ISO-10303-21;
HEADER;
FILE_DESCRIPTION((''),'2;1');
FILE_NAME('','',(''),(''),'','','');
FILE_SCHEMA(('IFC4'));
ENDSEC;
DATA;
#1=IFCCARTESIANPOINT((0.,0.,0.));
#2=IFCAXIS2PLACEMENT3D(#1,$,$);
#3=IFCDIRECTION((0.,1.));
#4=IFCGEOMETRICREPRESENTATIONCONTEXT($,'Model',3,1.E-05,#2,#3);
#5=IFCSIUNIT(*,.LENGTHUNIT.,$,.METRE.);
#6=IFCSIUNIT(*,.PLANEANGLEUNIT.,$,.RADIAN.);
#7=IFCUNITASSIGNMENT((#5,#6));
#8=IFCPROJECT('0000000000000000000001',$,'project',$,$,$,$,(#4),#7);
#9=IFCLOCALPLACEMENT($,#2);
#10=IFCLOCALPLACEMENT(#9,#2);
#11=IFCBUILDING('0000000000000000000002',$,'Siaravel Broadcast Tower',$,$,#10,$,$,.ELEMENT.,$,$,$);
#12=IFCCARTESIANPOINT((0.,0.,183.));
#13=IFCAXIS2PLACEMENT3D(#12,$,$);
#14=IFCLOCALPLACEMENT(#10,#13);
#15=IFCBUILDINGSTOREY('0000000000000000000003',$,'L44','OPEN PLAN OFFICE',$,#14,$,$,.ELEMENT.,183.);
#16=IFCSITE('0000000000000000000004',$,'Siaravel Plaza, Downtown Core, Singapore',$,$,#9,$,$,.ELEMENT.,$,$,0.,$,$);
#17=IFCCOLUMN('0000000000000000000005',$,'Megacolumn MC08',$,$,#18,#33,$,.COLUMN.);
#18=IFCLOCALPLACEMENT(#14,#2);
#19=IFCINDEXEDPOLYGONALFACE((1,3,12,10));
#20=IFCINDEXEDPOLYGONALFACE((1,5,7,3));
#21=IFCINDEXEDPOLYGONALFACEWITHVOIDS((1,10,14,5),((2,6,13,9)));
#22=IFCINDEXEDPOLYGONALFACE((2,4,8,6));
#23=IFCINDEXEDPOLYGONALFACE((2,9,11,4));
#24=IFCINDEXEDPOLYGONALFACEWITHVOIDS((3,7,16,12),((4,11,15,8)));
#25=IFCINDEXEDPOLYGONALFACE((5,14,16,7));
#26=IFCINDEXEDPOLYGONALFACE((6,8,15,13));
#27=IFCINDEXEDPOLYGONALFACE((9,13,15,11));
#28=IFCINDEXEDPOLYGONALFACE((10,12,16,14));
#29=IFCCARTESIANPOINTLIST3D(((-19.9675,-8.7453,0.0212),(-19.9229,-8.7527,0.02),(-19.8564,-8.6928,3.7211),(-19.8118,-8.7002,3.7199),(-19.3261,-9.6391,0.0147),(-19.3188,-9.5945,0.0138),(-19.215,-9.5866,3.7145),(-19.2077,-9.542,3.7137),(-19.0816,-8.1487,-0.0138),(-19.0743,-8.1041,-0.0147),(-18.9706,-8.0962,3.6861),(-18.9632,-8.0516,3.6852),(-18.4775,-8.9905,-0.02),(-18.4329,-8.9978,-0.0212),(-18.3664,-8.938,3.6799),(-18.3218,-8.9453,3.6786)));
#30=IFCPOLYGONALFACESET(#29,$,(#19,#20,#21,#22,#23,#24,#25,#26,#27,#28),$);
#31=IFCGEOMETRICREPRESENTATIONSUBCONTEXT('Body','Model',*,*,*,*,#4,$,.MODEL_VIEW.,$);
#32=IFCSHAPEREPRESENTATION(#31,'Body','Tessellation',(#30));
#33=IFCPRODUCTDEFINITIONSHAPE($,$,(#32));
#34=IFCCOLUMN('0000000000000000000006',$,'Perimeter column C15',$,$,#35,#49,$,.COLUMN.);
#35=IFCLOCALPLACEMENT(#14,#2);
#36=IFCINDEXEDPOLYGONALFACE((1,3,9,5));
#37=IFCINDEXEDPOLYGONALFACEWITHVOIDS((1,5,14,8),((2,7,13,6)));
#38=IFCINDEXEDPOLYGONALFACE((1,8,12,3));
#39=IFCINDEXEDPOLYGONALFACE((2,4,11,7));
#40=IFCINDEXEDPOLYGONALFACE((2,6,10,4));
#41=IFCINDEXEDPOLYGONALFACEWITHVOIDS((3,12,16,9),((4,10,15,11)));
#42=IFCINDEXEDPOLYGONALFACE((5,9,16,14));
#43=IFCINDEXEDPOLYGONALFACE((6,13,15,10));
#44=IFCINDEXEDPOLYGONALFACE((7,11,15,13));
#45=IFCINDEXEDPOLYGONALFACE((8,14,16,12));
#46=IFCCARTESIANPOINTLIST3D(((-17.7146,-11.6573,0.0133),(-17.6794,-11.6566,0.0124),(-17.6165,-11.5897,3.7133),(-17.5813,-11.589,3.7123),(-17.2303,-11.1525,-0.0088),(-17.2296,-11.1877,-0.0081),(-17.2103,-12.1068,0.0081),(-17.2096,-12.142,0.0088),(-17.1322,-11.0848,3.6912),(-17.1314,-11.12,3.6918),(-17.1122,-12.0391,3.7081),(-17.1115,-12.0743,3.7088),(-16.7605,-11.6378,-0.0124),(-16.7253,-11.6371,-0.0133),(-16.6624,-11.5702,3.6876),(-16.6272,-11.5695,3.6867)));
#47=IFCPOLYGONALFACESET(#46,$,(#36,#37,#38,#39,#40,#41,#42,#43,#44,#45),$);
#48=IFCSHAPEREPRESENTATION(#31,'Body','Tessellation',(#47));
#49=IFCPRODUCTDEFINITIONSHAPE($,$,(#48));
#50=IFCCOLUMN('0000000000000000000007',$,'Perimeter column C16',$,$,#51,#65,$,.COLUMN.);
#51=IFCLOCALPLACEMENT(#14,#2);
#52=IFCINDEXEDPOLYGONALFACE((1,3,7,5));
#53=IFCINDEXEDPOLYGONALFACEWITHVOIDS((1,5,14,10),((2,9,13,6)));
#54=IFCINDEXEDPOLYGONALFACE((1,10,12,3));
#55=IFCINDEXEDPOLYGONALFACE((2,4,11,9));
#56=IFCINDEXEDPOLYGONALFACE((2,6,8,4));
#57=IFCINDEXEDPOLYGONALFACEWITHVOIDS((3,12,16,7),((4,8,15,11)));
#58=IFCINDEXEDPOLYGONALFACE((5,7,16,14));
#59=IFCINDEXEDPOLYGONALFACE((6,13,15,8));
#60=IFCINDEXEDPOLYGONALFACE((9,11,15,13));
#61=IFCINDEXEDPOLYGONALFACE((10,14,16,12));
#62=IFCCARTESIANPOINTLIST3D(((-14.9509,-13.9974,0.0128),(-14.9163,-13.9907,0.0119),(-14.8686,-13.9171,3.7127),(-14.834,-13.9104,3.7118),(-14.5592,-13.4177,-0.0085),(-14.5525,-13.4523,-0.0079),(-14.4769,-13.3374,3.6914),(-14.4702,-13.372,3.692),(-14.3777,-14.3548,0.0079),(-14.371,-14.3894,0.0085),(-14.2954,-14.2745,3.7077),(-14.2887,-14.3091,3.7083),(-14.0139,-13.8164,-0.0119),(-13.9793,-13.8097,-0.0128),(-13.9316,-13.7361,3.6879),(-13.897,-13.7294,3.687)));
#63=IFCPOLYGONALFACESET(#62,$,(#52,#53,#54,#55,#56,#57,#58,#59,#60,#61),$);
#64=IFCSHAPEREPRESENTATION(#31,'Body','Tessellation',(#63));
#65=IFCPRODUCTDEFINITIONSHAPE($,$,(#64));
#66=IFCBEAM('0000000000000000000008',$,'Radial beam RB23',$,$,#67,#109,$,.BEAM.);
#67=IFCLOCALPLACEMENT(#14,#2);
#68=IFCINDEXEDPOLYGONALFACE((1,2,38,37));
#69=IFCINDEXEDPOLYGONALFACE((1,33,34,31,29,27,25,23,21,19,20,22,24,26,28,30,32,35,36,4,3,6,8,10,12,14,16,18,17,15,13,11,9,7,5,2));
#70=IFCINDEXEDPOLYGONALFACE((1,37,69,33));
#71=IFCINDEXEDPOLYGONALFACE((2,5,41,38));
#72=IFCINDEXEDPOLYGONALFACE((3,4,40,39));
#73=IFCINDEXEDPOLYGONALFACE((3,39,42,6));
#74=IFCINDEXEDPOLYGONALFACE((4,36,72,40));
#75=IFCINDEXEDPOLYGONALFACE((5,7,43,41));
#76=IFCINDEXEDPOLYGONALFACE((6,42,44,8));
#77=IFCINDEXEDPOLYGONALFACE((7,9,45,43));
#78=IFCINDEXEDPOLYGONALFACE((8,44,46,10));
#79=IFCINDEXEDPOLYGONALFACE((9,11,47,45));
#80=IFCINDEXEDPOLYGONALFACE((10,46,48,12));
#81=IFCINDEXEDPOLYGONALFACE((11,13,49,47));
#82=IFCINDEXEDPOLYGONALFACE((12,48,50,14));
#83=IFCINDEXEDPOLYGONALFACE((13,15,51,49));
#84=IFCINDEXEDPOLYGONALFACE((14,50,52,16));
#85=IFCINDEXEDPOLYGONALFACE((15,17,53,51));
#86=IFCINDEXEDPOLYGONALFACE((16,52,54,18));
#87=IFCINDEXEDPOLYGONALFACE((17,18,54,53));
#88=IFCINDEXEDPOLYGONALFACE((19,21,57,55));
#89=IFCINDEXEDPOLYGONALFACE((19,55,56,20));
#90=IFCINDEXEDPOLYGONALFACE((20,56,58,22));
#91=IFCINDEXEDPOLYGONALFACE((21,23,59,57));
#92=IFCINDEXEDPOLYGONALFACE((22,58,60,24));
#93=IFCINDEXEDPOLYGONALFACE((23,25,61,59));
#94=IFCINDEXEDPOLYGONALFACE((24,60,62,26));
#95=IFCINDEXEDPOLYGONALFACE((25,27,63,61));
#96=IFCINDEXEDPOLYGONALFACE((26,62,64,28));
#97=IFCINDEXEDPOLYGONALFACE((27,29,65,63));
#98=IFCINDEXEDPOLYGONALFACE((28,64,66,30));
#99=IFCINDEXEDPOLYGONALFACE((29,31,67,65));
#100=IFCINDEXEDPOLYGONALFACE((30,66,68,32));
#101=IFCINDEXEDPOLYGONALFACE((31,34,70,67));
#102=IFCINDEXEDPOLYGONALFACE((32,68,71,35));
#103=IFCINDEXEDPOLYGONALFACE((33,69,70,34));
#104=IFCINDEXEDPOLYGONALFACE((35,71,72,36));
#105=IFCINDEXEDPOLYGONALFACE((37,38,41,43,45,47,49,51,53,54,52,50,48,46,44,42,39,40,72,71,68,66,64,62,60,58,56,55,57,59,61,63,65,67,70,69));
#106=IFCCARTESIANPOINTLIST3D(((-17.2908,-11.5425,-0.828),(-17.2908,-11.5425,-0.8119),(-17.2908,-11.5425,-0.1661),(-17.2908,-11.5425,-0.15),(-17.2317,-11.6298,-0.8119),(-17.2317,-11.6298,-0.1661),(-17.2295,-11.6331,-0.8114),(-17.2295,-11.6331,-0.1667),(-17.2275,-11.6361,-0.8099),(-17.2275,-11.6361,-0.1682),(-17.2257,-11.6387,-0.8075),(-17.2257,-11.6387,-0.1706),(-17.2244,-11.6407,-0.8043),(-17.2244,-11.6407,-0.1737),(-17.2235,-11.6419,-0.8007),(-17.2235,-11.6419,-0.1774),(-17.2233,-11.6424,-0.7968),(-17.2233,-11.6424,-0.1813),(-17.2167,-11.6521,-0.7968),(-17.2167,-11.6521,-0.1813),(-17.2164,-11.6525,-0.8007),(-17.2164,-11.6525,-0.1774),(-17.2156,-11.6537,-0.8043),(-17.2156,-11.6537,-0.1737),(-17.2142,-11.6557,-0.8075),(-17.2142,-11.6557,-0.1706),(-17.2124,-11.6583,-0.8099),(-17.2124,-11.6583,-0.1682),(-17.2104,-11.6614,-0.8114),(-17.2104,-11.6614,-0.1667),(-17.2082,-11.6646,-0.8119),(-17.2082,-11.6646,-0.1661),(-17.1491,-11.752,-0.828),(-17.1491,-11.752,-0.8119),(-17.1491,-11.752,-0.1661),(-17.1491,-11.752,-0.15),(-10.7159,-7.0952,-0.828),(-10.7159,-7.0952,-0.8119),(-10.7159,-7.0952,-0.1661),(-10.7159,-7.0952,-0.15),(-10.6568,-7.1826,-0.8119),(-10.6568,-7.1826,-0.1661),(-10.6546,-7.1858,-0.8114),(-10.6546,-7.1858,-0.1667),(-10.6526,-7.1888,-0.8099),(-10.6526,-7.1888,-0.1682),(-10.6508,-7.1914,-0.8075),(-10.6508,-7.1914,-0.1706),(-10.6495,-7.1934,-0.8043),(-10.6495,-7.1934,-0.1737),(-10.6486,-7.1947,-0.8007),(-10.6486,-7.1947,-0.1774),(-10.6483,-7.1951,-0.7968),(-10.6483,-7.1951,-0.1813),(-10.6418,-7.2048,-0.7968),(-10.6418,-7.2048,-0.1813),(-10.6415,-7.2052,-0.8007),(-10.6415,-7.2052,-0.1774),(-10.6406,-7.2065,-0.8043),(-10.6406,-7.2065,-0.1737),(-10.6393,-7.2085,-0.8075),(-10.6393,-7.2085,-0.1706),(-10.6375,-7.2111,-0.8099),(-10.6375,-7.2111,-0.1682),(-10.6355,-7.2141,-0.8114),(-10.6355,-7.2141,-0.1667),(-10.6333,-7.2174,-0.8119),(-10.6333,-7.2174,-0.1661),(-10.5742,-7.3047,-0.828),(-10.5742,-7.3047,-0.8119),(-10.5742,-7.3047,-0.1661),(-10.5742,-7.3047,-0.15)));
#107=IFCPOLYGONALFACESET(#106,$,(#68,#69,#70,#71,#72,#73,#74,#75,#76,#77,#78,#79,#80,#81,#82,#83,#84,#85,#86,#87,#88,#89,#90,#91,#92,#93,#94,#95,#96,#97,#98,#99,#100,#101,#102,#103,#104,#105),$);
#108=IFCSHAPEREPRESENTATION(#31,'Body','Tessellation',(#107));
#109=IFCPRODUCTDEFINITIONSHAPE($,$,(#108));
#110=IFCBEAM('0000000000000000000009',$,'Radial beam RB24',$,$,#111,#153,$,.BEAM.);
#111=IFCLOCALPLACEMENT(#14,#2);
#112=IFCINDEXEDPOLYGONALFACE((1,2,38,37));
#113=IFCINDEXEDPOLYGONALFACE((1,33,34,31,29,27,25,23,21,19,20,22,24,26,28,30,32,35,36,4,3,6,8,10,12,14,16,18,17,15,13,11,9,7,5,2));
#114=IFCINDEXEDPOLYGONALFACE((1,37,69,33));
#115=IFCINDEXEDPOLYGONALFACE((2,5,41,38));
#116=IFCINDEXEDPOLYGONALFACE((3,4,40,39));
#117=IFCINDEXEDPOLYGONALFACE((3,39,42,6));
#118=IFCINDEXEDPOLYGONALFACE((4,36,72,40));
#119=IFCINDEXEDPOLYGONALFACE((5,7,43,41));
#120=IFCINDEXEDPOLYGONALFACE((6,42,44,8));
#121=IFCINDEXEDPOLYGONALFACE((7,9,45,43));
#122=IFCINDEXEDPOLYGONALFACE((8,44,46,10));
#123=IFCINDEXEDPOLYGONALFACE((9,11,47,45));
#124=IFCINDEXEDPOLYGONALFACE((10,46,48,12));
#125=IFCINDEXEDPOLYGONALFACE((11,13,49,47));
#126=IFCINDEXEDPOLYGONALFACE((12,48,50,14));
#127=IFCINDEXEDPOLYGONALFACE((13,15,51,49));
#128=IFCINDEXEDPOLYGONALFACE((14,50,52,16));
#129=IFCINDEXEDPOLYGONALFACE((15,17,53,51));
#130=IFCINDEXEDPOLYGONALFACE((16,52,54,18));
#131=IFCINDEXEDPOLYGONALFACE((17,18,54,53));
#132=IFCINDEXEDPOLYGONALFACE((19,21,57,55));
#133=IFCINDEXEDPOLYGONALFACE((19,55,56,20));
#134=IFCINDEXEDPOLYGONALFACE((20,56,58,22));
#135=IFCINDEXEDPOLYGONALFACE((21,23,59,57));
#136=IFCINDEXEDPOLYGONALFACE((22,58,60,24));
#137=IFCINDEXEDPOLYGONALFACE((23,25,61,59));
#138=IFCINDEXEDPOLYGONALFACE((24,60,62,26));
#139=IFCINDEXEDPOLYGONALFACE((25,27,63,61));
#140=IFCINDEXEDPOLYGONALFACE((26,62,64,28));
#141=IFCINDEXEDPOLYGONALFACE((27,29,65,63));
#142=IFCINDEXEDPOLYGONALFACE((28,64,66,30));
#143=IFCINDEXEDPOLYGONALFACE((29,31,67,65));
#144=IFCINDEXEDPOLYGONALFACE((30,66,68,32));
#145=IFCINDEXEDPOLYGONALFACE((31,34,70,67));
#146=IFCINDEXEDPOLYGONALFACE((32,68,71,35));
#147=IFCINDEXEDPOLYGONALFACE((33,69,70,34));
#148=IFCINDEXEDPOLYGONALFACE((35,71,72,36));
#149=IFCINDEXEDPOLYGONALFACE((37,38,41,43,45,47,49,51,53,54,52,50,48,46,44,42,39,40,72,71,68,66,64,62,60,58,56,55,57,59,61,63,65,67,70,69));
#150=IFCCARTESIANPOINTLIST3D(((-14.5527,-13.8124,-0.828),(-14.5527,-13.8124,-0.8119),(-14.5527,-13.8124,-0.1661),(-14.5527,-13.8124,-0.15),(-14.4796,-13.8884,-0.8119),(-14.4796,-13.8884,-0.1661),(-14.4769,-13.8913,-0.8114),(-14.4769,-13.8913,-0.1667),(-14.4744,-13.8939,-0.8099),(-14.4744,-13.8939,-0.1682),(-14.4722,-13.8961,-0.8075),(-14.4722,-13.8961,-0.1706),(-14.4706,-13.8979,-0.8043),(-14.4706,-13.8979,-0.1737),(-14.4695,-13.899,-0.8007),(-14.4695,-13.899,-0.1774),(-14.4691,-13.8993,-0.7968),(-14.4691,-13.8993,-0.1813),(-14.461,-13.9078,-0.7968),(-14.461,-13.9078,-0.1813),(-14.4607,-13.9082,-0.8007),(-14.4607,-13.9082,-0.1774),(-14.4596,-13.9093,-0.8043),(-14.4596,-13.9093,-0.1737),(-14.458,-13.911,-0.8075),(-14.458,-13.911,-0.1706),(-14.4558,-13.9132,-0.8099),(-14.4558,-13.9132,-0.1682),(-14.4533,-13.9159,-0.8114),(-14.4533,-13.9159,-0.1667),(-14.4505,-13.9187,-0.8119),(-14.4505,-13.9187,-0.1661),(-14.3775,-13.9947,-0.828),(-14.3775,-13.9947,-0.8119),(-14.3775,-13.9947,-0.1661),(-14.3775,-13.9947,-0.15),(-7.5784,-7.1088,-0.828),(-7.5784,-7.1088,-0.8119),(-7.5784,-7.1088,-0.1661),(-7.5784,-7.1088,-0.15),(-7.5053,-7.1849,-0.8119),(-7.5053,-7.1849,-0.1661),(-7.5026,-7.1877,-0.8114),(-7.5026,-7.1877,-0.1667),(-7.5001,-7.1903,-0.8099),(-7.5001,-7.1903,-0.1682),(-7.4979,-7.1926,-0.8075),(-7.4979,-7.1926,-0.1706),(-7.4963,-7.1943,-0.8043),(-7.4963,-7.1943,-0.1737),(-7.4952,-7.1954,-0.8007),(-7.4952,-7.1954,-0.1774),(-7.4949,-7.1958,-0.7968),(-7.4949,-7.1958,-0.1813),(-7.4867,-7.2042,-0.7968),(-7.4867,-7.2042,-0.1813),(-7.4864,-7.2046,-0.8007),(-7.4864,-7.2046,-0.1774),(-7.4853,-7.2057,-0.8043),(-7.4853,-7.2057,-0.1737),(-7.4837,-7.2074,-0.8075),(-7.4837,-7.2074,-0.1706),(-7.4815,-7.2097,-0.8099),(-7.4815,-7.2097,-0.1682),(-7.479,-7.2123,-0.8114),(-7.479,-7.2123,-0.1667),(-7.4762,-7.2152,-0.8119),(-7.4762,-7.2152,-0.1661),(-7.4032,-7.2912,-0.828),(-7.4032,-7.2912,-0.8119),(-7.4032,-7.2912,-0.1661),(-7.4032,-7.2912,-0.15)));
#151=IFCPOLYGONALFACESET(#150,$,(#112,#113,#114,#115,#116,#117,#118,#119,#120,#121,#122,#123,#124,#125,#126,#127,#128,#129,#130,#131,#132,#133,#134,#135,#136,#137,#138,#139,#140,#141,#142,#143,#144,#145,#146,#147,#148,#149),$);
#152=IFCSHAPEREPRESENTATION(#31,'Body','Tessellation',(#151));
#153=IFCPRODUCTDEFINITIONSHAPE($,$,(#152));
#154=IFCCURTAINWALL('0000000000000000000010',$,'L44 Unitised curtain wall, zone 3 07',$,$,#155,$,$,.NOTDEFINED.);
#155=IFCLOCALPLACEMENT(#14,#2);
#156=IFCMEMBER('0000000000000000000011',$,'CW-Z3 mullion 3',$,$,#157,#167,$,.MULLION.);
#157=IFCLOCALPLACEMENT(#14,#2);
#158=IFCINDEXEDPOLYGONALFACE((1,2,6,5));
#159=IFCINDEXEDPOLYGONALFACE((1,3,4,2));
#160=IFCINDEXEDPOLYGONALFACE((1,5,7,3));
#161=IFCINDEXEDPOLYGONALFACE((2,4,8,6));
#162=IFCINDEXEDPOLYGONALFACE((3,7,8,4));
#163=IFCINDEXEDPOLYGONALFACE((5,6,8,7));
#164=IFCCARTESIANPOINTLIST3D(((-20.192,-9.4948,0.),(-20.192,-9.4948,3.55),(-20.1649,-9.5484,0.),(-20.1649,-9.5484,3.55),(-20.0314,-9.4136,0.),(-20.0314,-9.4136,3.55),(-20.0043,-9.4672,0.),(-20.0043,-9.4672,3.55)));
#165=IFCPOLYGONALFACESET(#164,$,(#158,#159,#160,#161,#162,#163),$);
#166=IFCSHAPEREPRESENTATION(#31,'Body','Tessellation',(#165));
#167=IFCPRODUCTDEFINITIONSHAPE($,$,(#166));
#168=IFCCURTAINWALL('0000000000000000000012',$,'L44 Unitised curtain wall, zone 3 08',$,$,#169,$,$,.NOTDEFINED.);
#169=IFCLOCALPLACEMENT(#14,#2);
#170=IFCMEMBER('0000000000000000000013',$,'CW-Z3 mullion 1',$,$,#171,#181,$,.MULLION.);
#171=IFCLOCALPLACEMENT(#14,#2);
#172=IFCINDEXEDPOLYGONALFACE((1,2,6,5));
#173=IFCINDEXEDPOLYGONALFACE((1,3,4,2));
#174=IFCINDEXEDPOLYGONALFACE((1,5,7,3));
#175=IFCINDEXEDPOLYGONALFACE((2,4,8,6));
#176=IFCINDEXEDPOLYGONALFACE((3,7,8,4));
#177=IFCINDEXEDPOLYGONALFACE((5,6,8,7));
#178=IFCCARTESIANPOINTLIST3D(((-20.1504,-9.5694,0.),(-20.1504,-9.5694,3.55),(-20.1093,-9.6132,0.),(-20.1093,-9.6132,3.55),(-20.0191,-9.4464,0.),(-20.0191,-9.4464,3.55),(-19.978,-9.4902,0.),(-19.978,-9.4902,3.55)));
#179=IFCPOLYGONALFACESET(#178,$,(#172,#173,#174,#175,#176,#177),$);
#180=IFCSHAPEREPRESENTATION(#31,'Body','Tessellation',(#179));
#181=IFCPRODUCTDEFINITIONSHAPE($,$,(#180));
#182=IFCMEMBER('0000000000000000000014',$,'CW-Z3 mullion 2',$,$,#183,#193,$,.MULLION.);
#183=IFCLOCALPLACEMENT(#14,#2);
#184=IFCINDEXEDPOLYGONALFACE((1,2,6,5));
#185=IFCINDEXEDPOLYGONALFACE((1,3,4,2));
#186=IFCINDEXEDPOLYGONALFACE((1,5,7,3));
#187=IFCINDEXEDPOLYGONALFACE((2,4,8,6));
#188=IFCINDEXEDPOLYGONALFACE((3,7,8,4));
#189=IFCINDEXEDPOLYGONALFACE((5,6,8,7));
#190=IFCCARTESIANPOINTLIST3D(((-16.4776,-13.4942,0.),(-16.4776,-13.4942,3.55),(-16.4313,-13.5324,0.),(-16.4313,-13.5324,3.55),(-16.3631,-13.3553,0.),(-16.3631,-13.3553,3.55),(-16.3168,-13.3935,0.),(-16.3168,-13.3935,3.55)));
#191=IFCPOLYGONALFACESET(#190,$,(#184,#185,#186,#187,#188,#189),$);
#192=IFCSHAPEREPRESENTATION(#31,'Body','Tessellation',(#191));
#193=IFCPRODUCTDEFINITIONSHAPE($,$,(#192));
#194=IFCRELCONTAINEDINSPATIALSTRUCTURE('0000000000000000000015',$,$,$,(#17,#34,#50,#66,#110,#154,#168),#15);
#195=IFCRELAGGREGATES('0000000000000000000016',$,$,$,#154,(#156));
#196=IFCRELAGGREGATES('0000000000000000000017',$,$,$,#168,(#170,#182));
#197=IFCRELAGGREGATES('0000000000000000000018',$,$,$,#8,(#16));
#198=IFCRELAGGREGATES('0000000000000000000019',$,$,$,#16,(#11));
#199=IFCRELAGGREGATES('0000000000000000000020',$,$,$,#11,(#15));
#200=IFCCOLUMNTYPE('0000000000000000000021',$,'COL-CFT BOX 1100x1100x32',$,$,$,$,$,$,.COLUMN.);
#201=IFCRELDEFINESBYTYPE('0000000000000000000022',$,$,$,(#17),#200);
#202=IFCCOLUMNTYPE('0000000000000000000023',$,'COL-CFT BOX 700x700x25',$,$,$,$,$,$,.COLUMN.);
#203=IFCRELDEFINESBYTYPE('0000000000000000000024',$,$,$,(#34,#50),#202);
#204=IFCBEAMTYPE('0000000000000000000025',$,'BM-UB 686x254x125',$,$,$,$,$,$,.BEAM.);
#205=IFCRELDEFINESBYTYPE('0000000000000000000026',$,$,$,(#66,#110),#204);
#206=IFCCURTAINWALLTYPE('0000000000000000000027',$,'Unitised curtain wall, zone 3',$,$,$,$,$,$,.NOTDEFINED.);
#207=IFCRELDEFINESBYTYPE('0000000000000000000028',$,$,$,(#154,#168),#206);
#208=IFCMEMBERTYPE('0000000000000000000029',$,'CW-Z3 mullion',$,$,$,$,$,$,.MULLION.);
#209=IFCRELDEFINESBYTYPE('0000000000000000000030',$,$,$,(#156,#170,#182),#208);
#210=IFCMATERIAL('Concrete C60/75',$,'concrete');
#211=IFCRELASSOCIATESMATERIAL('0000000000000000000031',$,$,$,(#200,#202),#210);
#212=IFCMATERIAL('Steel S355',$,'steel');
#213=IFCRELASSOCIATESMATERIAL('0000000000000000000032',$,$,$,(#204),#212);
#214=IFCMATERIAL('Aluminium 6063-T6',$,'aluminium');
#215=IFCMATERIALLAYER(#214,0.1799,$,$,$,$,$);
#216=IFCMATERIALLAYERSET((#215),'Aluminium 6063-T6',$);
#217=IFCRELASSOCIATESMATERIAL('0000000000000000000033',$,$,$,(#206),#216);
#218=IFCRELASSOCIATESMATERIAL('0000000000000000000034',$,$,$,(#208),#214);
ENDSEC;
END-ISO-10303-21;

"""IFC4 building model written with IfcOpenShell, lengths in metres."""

from ifc_helpers import new_model, si_unit, direction, frame, origin, origin_2d, place, context, subcontext, project, spatial, rectangle, hollow_rectangle, i_section, extrude, material, layer, layer_set, material_profile, profile_set, type_object, element, aggregate, save


model = new_model("IFC4")

# Units and contexts
model_context = context("Model", 3, precision=1e-05, world=origin(), true_north=direction((0.0, 1.0)))
body_context = subcontext(model_context, "Body", "Model", "MODEL_VIEW")
ifc_project = project(units=[si_unit("LENGTHUNIT", "METRE"), si_unit("PLANEANGLEUNIT", "RADIAN")], contexts=[model_context])

# Site, building, storey
site_placement = place(None, origin())
site = spatial("IfcSite", under=ifc_project, at=site_placement, Name="Siaravel Plaza, Downtown Core, Singapore", CompositionType="ELEMENT", RefElevation=0.0)
building_placement = place(site_placement, origin())
building = spatial("IfcBuilding", under=site, at=building_placement, Name="Siaravel Broadcast Tower", CompositionType="ELEMENT")
storey_placement = place(building_placement, frame((0.0, 0.0, 183.0)))
storey = spatial("IfcBuildingStorey", under=building, at=storey_placement, Name="L44", Description="OPEN PLAN OFFICE", CompositionType="ELEMENT", Elevation=183.0)

# Columns
ifc_material_1 = material(Name="Concrete C60/75", Category="concrete")
ifc_material_profile_1 = material_profile(ifc_material_1, hollow_rectangle(XDim=1.1001, YDim=1.1001, WallThickness=0.032, at=origin_2d()))
ifc_profile_set_1 = profile_set([ifc_material_profile_1], Name="Concrete C60/75")
column_type_1 = type_object("IfcColumnType", Name="COL-CFT BOX 1100x1100x32", PredefinedType="COLUMN", material=ifc_profile_set_1)
column_1_placement = place(storey_placement, frame((-19.2002, -8.8716, 0.0), z_axis=(0.030007, 0.014179, 0.999449), x_axis=(-0.583041, 0.812421, 0.005979)))
element("IfcColumn", 1, at=column_1_placement, inside=storey, type_object=column_type_1, Name="Megacolumn MC08", PredefinedType="COLUMN", context=body_context, shape_type="SweptSolid", body=[
    extrude(hollow_rectangle(XDim=1.1001, YDim=1.1001, WallThickness=0.032, at=origin_2d()), origin(), (0.0, 0.0, 1.0), 3.7019),
])
ifc_material_profile_2 = material_profile(ifc_material_1, hollow_rectangle(XDim=0.7, YDim=0.7, WallThickness=0.0249, at=origin_2d()))
ifc_profile_set_2 = profile_set([ifc_material_profile_2], Name="Concrete C60/75")
column_type_2 = type_object("IfcColumnType", Name="COL-CFT BOX 700x700x25", PredefinedType="COLUMN", material=ifc_profile_set_2)
column_2_placement = place(storey_placement, frame((-17.22, -11.6472, 0.0), z_axis=(0.026512, 0.018268, 0.999482), x_axis=(-0.721505, 0.692379, 0.006483)))
element("IfcColumn", 2, at=column_2_placement, inside=storey, type_object=column_type_2, Name="Perimeter column C15", PredefinedType="COLUMN", context=body_context, shape_type="SweptSolid", body=[
    extrude(hollow_rectangle(XDim=0.7, YDim=0.7, WallThickness=0.0249, at=origin_2d()), origin(), (0.0, 0.0, 1.0), 3.7019),
])
column_3_placement = place(storey_placement, frame((-14.4651, -13.9036, 0.0), z_axis=(0.022226, 0.021699, 0.999517), x_axis=(-0.828429, 0.560059, 0.006263)))
element("IfcColumn", 3, at=column_3_placement, inside=storey, type_object=column_type_2, Name="Perimeter column C16", PredefinedType="COLUMN", context=body_context, shape_type="SweptSolid", body=[
    extrude(hollow_rectangle(XDim=0.7, YDim=0.7, WallThickness=0.0249, at=origin_2d()), origin(), (0.0, 0.0, 1.0), 3.7017),
])

# Beams
ifc_material_2 = material(Name="Steel S355", Category="steel")
ifc_material_profile_3 = material_profile(ifc_material_2, i_section(OverallWidth=0.2529, OverallDepth=0.678, WebThickness=0.0117, FlangeThickness=0.0161, FilletRadius=0.0151, at=origin_2d()))
ifc_profile_set_3 = profile_set([ifc_material_profile_3], Name="Steel S355")
beam_type = type_object("IfcBeamType", Name="BM-UB 686x254x125", PredefinedType="BEAM", material=ifc_profile_set_3)
beam_1_placement = place(storey_placement, frame((-17.22, -11.6472, -0.489), z_axis=(0.828312, 0.560267, 0.0), x_axis=(-0.560267, 0.828312, 0.0)))
element("IfcBeam", 4, at=beam_1_placement, inside=storey, type_object=beam_type, Name="Radial beam RB23", PredefinedType="BEAM", context=body_context, shape_type="SweptSolid", body=[
    extrude(i_section(OverallWidth=0.2529, OverallDepth=0.678, WebThickness=0.0117, FlangeThickness=0.0161, FilletRadius=0.0151, at=origin_2d()), origin(), (0.0, 0.0, 1.0), 7.9377),
])
beam_2_placement = place(storey_placement, frame((-14.4651, -13.9036, -0.489), z_axis=(0.720963, 0.692974, 0.0), x_axis=(-0.692974, 0.720963, 0.0)))
element("IfcBeam", 5, at=beam_2_placement, inside=storey, type_object=beam_type, Name="Radial beam RB24", PredefinedType="BEAM", context=body_context, shape_type="SweptSolid", body=[
    extrude(i_section(OverallWidth=0.2529, OverallDepth=0.678, WebThickness=0.0117, FlangeThickness=0.0161, FilletRadius=0.0151, at=origin_2d()), origin(), (0.0, 0.0, 1.0), 9.6736),
])

# Curtain wall, member
ifc_material_3 = material(Name="Aluminium 6063-T6", Category="aluminium")
ifc_layer_1 = layer(ifc_material_3, 0.1799)
ifc_layer_set_1 = layer_set([ifc_layer_1], Name="Aluminium 6063-T6")
curtain_wall_type = type_object("IfcCurtainWallType", Name="Unitised curtain wall, zone 3", PredefinedType="NOTDEFINED", material=ifc_layer_set_1)
curtain_wall_1_placement = place(storey_placement, origin())
curtain_wall_1 = element("IfcCurtainWall", 6, at=curtain_wall_1_placement, inside=storey, type_object=curtain_wall_type, Name="L44 Unitised curtain wall, zone 3 07", PredefinedType="NOTDEFINED")
ifc_material_profile_4 = material_profile(ifc_material_3, rectangle(XDim=0.1799, YDim=0.0601, at=origin_2d()))
ifc_profile_set_4 = profile_set([ifc_material_profile_4], Name="Aluminium 6063-T6")
member_type_1 = type_object("IfcMemberType", Name="CW-Z3 mullion", PredefinedType="MULLION", material=ifc_profile_set_4)
member_1_placement = place(storey_placement, frame((-20.0981, -9.481, 0.0), z_axis=(0.0, 0.0, 1.0), x_axis=(0.892392, 0.451261, 0.0)))
member_1 = element("IfcMember", 7, at=member_1_placement, type_object=member_type_1, Name="CW-Z3 mullion 3", PredefinedType="MULLION", context=body_context, shape_type="SweptSolid", body=[
    extrude(rectangle(XDim=0.1799, YDim=0.0601, at=origin_2d()), origin(), (0.0, 0.0, 1.0), 3.55),
])
aggregate(curtain_wall_1, [member_1])

# Curtain wall, members
curtain_wall_2_placement = place(storey_placement, origin())
curtain_wall_2 = element("IfcCurtainWall", 8, at=curtain_wall_2_placement, inside=storey, type_object=curtain_wall_type, Name="L44 Unitised curtain wall, zone 3 08", PredefinedType="NOTDEFINED")
member_2_placement = place(storey_placement, frame((-20.0642, -9.5298, 0.0), z_axis=(0.0, 0.0, 1.0), x_axis=(0.729805, 0.683655, 0.0)))
member_2 = element("IfcMember", 9, at=member_2_placement, type_object=member_type_1, Name="CW-Z3 mullion 1", PredefinedType="MULLION", context=body_context, shape_type="SweptSolid", body=[
    extrude(rectangle(XDim=0.1799, YDim=0.0601, at=origin_2d()), origin(), (0.0, 0.0, 1.0), 3.55),
])
member_3_placement = place(storey_placement, frame((-16.3972, -13.4438, 0.0), z_axis=(0.0, 0.0, 1.0), x_axis=(0.636218, 0.771509, 0.0)))
member_3 = element("IfcMember", 10, at=member_3_placement, type_object=member_type_1, Name="CW-Z3 mullion 2", PredefinedType="MULLION", context=body_context, shape_type="SweptSolid", body=[
    extrude(rectangle(XDim=0.1799, YDim=0.0601, at=origin_2d()), origin(), (0.0, 0.0, 1.0), 3.55),
])

aggregate(curtain_wall_2, [member_2, member_3])

save(model, "model.ifc")
